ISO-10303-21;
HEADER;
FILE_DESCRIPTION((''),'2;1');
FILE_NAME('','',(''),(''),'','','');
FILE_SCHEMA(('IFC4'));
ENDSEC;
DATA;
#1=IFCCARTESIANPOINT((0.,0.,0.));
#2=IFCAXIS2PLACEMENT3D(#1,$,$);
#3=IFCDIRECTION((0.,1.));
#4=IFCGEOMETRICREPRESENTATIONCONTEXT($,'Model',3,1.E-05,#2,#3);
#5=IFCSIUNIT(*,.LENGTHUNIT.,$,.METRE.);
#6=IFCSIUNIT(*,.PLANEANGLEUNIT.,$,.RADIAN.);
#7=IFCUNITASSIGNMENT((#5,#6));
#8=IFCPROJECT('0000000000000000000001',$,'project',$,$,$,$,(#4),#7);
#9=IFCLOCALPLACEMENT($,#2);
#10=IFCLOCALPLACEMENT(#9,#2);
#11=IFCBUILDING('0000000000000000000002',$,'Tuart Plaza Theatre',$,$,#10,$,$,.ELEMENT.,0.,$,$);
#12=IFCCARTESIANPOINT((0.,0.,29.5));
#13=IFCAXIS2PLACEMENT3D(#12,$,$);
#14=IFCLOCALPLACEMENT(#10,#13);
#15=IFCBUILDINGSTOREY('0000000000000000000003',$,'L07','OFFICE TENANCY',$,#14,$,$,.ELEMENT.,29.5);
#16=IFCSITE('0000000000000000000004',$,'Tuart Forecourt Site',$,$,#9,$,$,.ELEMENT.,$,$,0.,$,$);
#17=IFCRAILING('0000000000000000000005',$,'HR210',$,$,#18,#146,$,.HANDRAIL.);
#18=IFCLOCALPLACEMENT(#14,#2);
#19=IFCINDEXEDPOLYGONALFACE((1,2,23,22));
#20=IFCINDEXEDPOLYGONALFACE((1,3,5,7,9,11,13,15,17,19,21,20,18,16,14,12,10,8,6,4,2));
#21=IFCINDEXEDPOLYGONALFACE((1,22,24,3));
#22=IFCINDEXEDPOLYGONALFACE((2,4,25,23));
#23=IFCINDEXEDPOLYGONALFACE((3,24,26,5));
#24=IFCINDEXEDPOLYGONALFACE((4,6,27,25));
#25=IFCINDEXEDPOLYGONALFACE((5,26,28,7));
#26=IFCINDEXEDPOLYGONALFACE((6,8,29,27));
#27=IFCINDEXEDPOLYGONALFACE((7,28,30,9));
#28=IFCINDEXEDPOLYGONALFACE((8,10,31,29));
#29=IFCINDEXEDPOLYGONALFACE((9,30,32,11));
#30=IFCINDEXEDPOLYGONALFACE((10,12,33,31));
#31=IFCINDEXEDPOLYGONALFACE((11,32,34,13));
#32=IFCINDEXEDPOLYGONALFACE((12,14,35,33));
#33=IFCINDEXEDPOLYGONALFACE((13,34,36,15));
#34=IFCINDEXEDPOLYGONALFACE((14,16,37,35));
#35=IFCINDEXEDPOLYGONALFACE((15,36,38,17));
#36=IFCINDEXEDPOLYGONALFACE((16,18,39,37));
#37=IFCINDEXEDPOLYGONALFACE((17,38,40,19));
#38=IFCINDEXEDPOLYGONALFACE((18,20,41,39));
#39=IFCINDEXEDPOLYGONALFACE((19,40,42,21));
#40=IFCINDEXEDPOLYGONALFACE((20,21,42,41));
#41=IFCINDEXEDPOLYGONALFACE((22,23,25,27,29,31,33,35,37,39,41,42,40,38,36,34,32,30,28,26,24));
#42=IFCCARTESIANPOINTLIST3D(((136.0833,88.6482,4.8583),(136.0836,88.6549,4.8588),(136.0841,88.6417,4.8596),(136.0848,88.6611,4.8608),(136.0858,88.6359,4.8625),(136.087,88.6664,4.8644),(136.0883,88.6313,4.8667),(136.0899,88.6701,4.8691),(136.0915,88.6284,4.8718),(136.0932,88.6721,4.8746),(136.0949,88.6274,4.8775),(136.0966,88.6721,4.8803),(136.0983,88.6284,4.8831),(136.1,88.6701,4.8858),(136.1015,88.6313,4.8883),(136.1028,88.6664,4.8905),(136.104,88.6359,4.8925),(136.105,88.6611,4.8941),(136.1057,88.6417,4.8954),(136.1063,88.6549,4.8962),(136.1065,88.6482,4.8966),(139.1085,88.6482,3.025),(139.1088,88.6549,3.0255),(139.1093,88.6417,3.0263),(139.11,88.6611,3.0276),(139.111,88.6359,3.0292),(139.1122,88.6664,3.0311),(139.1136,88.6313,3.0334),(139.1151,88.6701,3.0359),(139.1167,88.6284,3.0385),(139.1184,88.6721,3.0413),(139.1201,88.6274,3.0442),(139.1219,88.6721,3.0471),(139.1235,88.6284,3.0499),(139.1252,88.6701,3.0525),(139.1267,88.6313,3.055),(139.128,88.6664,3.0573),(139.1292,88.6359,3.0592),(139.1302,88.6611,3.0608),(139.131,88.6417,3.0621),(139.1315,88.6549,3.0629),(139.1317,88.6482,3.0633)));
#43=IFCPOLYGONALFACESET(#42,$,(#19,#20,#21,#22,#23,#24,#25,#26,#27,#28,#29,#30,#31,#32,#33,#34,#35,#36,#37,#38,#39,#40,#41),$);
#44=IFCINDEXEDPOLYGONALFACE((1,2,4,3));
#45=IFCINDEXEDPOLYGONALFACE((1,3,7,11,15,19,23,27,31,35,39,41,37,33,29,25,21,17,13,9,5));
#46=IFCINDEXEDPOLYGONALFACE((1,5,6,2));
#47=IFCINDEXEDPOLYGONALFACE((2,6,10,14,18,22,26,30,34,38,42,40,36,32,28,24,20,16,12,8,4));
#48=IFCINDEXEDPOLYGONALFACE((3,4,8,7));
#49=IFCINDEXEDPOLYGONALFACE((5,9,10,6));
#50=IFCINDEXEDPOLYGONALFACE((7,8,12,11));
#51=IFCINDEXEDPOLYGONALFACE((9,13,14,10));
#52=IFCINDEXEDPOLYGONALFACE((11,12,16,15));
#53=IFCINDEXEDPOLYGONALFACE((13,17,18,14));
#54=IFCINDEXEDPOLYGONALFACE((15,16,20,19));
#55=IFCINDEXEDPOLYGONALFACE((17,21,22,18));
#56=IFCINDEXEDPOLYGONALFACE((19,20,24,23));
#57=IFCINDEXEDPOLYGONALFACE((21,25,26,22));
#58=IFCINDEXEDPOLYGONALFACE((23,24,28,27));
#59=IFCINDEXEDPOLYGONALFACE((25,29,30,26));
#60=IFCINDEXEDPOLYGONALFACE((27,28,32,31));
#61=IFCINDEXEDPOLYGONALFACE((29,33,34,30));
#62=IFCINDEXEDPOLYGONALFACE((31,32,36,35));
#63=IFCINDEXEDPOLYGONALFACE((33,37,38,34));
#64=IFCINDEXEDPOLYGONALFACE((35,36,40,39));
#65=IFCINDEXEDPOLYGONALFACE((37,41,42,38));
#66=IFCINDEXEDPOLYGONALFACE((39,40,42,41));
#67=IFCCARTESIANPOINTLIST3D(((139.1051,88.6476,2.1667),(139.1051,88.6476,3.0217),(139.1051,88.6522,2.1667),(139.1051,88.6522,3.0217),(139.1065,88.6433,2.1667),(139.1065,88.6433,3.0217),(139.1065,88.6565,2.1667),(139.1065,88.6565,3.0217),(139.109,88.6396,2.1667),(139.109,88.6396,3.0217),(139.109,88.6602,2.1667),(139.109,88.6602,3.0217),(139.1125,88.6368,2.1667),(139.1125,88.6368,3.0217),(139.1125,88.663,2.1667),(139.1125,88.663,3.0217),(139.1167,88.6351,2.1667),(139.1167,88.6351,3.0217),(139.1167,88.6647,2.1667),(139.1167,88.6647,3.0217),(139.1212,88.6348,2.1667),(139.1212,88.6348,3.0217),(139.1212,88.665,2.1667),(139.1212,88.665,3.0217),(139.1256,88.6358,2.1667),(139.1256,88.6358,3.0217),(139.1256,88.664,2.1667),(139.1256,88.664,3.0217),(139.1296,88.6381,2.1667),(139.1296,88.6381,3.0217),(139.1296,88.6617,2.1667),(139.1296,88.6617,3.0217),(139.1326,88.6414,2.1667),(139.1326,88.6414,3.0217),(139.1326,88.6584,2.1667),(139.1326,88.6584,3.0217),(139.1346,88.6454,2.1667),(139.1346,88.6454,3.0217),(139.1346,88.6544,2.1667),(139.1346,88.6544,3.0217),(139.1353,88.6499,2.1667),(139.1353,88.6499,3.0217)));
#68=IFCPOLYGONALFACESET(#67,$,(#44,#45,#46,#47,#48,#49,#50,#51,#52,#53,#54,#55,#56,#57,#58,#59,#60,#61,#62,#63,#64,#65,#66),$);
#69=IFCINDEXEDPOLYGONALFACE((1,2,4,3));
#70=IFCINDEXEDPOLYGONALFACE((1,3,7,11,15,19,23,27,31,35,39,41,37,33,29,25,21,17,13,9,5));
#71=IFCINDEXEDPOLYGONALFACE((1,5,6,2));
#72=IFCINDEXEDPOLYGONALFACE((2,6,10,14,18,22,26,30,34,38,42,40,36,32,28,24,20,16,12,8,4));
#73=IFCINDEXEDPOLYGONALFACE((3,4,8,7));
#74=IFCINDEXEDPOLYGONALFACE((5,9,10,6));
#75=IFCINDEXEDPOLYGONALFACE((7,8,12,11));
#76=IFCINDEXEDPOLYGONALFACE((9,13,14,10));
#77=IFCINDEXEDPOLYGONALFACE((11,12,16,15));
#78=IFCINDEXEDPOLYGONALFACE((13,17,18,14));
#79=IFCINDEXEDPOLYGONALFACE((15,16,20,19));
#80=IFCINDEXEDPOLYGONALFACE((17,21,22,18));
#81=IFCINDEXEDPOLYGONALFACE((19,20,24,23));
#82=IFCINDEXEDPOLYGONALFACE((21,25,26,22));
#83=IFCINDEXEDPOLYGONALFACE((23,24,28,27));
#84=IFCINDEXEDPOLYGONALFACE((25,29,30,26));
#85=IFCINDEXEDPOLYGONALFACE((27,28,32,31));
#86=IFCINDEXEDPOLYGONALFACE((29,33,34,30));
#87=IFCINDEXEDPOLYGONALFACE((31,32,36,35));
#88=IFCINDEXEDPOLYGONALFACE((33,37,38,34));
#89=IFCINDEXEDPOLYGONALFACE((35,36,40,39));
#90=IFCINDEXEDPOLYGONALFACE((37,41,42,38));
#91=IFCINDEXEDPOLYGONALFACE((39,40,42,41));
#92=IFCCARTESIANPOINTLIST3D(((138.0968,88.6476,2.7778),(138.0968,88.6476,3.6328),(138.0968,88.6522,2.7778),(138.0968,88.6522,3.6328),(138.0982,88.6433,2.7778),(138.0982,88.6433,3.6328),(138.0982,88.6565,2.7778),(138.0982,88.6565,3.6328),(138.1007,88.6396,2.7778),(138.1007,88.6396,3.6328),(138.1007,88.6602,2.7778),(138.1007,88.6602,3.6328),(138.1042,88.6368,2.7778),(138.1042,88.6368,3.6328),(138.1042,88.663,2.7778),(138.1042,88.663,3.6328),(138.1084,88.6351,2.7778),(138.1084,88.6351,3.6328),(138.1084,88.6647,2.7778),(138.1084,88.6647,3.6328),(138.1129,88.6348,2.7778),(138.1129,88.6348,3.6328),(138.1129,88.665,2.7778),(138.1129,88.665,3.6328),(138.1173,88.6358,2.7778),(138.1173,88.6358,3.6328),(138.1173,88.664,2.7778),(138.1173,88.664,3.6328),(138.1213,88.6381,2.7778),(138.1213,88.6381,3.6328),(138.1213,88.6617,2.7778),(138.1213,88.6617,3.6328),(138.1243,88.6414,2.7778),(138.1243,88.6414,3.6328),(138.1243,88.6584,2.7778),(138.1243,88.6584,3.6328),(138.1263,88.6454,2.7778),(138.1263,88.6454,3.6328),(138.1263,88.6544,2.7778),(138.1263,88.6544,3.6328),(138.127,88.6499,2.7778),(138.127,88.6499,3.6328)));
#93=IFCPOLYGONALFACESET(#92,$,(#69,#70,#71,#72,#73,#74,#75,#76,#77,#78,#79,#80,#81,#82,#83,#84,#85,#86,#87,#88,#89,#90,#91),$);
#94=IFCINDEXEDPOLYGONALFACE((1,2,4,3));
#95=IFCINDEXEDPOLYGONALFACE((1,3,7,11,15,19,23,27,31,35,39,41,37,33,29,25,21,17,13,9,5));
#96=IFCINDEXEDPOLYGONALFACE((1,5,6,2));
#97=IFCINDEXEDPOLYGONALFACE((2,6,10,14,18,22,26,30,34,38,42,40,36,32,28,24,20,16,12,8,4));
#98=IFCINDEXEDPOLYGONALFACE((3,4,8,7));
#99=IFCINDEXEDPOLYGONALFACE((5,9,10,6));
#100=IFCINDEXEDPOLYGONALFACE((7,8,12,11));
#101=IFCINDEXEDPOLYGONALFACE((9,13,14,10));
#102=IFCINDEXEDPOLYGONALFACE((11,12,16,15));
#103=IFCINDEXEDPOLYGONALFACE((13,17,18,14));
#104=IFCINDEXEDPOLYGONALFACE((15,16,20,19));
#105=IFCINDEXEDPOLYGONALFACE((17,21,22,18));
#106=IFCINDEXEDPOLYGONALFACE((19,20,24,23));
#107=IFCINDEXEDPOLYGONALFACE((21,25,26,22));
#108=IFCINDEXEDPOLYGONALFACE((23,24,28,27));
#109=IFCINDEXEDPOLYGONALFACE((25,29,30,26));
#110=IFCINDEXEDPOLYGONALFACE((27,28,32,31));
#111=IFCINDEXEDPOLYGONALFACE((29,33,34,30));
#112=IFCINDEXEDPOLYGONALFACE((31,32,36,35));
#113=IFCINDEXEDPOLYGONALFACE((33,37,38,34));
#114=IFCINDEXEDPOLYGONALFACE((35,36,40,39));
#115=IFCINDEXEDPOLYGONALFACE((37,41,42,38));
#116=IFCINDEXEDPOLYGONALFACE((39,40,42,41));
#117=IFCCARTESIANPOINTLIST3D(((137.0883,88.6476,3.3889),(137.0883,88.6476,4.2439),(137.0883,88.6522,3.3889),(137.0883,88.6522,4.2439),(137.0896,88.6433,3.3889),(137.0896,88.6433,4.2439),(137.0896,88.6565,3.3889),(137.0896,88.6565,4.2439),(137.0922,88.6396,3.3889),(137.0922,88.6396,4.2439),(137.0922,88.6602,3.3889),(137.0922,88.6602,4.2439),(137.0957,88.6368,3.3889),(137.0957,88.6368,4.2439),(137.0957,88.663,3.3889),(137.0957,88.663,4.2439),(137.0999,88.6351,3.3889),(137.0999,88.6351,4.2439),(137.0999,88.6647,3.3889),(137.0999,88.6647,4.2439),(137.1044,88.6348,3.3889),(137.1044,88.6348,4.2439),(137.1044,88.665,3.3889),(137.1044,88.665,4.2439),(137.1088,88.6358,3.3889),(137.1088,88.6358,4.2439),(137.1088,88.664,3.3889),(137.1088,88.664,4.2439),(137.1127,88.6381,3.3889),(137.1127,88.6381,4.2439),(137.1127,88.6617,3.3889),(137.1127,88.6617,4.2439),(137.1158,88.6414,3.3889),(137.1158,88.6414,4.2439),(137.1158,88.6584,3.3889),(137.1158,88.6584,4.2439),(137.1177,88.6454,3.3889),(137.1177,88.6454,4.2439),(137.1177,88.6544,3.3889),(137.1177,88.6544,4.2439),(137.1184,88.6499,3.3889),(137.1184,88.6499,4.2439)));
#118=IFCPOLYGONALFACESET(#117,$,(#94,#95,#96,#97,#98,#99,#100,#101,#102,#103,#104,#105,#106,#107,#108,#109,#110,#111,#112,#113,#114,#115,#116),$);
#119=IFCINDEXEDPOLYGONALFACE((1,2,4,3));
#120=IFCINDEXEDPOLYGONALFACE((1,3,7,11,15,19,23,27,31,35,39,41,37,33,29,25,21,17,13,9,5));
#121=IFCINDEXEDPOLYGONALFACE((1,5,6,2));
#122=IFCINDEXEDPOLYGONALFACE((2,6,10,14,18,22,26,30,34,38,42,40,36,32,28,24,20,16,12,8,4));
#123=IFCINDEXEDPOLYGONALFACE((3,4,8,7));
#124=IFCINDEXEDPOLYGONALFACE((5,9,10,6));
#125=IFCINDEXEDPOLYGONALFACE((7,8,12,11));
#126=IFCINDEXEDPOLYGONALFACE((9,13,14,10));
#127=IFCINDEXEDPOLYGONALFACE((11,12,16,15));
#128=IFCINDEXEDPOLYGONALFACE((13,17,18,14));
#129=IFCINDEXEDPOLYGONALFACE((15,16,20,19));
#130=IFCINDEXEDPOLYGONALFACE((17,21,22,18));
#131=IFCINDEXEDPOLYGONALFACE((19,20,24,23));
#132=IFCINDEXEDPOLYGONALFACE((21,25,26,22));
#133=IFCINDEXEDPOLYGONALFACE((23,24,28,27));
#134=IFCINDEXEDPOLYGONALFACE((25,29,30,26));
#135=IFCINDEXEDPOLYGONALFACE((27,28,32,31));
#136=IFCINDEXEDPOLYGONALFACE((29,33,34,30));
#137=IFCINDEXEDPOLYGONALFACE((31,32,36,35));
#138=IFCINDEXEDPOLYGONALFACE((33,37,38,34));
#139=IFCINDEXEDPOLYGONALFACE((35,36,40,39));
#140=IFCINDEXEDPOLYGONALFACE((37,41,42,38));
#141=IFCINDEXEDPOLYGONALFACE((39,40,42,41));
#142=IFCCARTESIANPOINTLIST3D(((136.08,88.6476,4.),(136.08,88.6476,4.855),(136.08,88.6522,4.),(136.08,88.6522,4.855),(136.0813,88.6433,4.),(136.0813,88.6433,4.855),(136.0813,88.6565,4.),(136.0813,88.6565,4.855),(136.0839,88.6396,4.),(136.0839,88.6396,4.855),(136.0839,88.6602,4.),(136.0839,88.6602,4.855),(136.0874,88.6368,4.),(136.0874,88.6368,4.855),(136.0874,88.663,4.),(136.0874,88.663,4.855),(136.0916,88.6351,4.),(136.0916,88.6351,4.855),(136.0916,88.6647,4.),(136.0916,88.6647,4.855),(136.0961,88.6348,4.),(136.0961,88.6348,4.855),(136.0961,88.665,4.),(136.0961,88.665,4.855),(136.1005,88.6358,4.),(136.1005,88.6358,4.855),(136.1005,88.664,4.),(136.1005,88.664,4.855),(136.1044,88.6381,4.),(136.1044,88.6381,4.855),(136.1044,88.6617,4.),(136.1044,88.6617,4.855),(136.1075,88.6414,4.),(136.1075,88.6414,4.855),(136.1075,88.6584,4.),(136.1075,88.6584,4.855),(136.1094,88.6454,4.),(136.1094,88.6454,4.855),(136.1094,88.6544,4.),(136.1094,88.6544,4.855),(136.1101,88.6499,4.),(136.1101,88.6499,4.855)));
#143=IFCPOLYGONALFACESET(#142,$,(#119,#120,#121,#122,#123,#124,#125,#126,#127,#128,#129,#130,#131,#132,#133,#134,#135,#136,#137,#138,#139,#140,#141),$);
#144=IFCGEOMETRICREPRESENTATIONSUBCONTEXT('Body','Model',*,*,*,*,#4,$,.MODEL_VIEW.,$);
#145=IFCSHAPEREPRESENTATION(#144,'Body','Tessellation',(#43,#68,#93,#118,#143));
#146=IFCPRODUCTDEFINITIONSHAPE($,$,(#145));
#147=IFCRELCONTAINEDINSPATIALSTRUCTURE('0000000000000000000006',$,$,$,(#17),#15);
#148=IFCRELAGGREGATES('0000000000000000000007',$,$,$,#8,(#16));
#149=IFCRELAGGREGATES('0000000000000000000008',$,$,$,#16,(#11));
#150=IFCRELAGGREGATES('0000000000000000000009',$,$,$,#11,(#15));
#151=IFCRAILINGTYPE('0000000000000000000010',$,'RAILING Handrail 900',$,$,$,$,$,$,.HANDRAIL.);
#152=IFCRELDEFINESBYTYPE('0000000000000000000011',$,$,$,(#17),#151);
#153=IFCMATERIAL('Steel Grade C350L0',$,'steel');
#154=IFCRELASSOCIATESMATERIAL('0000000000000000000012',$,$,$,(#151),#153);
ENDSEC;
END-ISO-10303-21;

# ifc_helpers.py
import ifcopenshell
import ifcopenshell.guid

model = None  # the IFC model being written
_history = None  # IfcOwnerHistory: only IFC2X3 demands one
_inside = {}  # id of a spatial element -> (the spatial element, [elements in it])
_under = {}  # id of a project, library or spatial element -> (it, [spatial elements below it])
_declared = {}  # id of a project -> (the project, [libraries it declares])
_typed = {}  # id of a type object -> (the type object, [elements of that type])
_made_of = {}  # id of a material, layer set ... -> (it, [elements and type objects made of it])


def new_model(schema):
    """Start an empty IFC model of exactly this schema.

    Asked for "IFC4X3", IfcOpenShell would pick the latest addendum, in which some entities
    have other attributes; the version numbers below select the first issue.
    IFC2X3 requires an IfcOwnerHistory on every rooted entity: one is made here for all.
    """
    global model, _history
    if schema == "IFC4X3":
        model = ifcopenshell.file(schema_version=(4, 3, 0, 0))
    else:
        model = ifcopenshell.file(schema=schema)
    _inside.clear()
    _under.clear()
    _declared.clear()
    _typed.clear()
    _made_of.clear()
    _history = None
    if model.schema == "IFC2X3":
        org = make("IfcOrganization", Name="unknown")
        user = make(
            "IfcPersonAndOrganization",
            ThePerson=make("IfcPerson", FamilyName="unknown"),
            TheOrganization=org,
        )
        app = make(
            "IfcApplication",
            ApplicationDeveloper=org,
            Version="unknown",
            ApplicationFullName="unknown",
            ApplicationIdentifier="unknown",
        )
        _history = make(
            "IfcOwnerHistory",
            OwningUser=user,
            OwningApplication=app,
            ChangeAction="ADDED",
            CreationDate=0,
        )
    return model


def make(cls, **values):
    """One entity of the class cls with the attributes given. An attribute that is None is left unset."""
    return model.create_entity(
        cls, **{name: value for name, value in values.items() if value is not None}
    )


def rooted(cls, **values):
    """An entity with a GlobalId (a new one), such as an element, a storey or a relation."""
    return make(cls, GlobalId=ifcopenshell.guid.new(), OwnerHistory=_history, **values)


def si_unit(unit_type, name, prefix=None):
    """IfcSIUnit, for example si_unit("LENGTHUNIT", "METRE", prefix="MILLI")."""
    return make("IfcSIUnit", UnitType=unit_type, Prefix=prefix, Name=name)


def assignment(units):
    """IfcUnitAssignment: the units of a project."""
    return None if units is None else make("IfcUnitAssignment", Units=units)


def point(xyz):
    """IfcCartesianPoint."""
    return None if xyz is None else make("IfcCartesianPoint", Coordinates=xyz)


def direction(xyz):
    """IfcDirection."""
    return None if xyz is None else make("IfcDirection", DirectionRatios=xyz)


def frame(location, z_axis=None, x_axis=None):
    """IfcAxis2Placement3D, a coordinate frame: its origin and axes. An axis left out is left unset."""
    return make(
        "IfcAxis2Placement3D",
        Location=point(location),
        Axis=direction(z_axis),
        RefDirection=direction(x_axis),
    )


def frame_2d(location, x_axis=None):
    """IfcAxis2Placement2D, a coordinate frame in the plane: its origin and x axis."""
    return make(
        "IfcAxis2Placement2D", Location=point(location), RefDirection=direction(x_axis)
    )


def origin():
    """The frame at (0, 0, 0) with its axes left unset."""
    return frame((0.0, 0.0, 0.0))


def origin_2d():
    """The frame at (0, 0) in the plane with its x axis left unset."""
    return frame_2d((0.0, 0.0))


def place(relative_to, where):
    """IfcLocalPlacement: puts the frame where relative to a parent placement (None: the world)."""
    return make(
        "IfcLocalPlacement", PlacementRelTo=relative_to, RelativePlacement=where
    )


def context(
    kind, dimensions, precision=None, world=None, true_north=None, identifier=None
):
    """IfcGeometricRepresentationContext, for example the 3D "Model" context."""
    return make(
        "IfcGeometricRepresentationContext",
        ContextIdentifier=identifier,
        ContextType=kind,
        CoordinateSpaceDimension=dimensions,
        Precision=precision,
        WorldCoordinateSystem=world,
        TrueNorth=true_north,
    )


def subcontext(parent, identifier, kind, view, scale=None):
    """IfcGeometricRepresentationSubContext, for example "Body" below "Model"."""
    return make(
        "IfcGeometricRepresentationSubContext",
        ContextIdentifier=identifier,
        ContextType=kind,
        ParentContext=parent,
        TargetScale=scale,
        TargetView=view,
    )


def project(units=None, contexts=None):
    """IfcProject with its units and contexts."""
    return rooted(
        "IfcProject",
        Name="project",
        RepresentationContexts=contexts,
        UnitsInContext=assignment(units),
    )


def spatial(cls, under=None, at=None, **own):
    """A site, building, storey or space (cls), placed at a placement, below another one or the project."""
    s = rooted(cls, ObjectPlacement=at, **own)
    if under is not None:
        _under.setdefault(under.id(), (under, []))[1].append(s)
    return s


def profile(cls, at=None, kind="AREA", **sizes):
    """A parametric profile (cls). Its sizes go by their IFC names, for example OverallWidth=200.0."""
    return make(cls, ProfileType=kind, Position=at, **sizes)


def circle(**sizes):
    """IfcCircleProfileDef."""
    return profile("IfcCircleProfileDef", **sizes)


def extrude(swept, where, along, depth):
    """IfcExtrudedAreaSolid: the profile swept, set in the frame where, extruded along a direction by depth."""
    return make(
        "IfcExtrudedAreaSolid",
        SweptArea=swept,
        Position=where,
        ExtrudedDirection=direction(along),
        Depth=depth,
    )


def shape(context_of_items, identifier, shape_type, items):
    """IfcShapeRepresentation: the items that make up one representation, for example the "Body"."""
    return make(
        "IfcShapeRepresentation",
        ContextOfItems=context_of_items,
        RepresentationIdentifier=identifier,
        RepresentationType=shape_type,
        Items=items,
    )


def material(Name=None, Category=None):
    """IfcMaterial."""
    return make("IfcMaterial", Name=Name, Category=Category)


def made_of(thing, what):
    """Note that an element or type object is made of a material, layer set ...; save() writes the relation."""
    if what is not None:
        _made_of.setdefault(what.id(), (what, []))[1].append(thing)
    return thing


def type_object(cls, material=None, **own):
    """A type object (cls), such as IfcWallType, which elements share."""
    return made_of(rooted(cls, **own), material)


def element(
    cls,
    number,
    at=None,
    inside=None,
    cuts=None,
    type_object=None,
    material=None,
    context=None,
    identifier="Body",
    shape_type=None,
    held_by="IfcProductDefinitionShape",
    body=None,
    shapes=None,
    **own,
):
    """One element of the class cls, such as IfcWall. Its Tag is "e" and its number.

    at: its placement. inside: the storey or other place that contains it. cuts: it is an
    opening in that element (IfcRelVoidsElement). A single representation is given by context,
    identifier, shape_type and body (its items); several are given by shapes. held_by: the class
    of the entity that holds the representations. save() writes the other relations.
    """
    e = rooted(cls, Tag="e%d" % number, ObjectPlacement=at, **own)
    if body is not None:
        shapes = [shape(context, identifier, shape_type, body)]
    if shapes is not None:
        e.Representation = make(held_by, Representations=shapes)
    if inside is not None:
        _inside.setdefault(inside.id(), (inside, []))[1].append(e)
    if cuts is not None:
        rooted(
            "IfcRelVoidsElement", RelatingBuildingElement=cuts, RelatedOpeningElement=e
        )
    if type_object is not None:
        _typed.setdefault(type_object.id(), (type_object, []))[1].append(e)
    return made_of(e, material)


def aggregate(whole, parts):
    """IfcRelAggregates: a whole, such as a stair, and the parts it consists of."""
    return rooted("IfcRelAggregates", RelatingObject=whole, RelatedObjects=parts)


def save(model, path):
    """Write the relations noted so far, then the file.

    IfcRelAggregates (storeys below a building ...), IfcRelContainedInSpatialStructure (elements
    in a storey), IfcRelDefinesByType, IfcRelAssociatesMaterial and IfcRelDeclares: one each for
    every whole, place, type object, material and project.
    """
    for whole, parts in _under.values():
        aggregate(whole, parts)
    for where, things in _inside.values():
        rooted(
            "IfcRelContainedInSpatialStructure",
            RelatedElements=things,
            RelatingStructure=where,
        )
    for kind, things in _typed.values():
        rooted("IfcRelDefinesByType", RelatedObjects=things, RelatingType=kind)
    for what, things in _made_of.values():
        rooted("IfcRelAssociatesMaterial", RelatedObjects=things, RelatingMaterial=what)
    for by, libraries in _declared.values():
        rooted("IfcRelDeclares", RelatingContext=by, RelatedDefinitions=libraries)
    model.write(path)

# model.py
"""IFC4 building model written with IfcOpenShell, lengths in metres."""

from ifc_helpers import new_model, si_unit, direction, frame, origin, origin_2d, place, context, subcontext, project, spatial, circle, extrude, material, type_object, element, save


model = new_model("IFC4")

# Units and contexts
model_context = context("Model", 3, precision=1e-05, world=origin(), true_north=direction((0.0, 1.0)))
body_context = subcontext(model_context, "Body", "Model", "MODEL_VIEW")
ifc_project = project(units=[si_unit("LENGTHUNIT", "METRE"), si_unit("PLANEANGLEUNIT", "RADIAN")], contexts=[model_context])

# Site, building, storey
site_placement = place(None, origin())
site = spatial("IfcSite", under=ifc_project, at=site_placement, Name="Tuart Forecourt Site", CompositionType="ELEMENT", RefElevation=0.0)
building_placement = place(site_placement, origin())
building = spatial("IfcBuilding", under=site, at=building_placement, Name="Tuart Plaza Theatre", CompositionType="ELEMENT", ElevationOfRefHeight=0.0)
storey_placement = place(building_placement, frame((0.0, 0.0, 29.5)))
storey = spatial("IfcBuildingStorey", under=building, at=storey_placement, Name="L07", Description="OFFICE TENANCY", CompositionType="ELEMENT", Elevation=29.5)

# Railing
ifc_material_1 = material(Name="Steel Grade C350L0", Category="steel")
railing_type_1 = type_object("IfcRailingType", Name="RAILING Handrail 900", PredefinedType="HANDRAIL", material=ifc_material_1)
for number, where, name in (
    (1, (139.1201, 88.6499, 2.1667), "HR210"),
):
    element("IfcRailing", number, at=place(storey_placement, frame(where)), inside=storey, type_object=railing_type_1, Name=name, PredefinedType="HANDRAIL", context=body_context, shape_type="SweptSolid", body=[
        extrude(circle(Radius=0.0225, at=origin_2d()), frame((0.0, 0.0, 0.8774), z_axis=(-0.855219, 0.0, 0.518267), x_axis=(0.0, -1.0, 0.0)), (0.0, 0.0, 1.0), 3.5374),
        extrude(circle(Radius=0.0151, at=origin_2d()), origin(), (0.0, 0.0, 1.0), 0.855),
        extrude(circle(Radius=0.0151, at=origin_2d()), frame((-1.0083, 0.0, 0.6111)), (0.0, 0.0, 1.0), 0.855),
        extrude(circle(Radius=0.0151, at=origin_2d()), frame((-2.0168, 0.0, 1.2222)), (0.0, 0.0, 1.0), 0.855),
        extrude(circle(Radius=0.0151, at=origin_2d()), frame((-3.0251, 0.0, 1.8333)), (0.0, 0.0, 1.0), 0.855),
    ])

save(model, "model.ifc")
